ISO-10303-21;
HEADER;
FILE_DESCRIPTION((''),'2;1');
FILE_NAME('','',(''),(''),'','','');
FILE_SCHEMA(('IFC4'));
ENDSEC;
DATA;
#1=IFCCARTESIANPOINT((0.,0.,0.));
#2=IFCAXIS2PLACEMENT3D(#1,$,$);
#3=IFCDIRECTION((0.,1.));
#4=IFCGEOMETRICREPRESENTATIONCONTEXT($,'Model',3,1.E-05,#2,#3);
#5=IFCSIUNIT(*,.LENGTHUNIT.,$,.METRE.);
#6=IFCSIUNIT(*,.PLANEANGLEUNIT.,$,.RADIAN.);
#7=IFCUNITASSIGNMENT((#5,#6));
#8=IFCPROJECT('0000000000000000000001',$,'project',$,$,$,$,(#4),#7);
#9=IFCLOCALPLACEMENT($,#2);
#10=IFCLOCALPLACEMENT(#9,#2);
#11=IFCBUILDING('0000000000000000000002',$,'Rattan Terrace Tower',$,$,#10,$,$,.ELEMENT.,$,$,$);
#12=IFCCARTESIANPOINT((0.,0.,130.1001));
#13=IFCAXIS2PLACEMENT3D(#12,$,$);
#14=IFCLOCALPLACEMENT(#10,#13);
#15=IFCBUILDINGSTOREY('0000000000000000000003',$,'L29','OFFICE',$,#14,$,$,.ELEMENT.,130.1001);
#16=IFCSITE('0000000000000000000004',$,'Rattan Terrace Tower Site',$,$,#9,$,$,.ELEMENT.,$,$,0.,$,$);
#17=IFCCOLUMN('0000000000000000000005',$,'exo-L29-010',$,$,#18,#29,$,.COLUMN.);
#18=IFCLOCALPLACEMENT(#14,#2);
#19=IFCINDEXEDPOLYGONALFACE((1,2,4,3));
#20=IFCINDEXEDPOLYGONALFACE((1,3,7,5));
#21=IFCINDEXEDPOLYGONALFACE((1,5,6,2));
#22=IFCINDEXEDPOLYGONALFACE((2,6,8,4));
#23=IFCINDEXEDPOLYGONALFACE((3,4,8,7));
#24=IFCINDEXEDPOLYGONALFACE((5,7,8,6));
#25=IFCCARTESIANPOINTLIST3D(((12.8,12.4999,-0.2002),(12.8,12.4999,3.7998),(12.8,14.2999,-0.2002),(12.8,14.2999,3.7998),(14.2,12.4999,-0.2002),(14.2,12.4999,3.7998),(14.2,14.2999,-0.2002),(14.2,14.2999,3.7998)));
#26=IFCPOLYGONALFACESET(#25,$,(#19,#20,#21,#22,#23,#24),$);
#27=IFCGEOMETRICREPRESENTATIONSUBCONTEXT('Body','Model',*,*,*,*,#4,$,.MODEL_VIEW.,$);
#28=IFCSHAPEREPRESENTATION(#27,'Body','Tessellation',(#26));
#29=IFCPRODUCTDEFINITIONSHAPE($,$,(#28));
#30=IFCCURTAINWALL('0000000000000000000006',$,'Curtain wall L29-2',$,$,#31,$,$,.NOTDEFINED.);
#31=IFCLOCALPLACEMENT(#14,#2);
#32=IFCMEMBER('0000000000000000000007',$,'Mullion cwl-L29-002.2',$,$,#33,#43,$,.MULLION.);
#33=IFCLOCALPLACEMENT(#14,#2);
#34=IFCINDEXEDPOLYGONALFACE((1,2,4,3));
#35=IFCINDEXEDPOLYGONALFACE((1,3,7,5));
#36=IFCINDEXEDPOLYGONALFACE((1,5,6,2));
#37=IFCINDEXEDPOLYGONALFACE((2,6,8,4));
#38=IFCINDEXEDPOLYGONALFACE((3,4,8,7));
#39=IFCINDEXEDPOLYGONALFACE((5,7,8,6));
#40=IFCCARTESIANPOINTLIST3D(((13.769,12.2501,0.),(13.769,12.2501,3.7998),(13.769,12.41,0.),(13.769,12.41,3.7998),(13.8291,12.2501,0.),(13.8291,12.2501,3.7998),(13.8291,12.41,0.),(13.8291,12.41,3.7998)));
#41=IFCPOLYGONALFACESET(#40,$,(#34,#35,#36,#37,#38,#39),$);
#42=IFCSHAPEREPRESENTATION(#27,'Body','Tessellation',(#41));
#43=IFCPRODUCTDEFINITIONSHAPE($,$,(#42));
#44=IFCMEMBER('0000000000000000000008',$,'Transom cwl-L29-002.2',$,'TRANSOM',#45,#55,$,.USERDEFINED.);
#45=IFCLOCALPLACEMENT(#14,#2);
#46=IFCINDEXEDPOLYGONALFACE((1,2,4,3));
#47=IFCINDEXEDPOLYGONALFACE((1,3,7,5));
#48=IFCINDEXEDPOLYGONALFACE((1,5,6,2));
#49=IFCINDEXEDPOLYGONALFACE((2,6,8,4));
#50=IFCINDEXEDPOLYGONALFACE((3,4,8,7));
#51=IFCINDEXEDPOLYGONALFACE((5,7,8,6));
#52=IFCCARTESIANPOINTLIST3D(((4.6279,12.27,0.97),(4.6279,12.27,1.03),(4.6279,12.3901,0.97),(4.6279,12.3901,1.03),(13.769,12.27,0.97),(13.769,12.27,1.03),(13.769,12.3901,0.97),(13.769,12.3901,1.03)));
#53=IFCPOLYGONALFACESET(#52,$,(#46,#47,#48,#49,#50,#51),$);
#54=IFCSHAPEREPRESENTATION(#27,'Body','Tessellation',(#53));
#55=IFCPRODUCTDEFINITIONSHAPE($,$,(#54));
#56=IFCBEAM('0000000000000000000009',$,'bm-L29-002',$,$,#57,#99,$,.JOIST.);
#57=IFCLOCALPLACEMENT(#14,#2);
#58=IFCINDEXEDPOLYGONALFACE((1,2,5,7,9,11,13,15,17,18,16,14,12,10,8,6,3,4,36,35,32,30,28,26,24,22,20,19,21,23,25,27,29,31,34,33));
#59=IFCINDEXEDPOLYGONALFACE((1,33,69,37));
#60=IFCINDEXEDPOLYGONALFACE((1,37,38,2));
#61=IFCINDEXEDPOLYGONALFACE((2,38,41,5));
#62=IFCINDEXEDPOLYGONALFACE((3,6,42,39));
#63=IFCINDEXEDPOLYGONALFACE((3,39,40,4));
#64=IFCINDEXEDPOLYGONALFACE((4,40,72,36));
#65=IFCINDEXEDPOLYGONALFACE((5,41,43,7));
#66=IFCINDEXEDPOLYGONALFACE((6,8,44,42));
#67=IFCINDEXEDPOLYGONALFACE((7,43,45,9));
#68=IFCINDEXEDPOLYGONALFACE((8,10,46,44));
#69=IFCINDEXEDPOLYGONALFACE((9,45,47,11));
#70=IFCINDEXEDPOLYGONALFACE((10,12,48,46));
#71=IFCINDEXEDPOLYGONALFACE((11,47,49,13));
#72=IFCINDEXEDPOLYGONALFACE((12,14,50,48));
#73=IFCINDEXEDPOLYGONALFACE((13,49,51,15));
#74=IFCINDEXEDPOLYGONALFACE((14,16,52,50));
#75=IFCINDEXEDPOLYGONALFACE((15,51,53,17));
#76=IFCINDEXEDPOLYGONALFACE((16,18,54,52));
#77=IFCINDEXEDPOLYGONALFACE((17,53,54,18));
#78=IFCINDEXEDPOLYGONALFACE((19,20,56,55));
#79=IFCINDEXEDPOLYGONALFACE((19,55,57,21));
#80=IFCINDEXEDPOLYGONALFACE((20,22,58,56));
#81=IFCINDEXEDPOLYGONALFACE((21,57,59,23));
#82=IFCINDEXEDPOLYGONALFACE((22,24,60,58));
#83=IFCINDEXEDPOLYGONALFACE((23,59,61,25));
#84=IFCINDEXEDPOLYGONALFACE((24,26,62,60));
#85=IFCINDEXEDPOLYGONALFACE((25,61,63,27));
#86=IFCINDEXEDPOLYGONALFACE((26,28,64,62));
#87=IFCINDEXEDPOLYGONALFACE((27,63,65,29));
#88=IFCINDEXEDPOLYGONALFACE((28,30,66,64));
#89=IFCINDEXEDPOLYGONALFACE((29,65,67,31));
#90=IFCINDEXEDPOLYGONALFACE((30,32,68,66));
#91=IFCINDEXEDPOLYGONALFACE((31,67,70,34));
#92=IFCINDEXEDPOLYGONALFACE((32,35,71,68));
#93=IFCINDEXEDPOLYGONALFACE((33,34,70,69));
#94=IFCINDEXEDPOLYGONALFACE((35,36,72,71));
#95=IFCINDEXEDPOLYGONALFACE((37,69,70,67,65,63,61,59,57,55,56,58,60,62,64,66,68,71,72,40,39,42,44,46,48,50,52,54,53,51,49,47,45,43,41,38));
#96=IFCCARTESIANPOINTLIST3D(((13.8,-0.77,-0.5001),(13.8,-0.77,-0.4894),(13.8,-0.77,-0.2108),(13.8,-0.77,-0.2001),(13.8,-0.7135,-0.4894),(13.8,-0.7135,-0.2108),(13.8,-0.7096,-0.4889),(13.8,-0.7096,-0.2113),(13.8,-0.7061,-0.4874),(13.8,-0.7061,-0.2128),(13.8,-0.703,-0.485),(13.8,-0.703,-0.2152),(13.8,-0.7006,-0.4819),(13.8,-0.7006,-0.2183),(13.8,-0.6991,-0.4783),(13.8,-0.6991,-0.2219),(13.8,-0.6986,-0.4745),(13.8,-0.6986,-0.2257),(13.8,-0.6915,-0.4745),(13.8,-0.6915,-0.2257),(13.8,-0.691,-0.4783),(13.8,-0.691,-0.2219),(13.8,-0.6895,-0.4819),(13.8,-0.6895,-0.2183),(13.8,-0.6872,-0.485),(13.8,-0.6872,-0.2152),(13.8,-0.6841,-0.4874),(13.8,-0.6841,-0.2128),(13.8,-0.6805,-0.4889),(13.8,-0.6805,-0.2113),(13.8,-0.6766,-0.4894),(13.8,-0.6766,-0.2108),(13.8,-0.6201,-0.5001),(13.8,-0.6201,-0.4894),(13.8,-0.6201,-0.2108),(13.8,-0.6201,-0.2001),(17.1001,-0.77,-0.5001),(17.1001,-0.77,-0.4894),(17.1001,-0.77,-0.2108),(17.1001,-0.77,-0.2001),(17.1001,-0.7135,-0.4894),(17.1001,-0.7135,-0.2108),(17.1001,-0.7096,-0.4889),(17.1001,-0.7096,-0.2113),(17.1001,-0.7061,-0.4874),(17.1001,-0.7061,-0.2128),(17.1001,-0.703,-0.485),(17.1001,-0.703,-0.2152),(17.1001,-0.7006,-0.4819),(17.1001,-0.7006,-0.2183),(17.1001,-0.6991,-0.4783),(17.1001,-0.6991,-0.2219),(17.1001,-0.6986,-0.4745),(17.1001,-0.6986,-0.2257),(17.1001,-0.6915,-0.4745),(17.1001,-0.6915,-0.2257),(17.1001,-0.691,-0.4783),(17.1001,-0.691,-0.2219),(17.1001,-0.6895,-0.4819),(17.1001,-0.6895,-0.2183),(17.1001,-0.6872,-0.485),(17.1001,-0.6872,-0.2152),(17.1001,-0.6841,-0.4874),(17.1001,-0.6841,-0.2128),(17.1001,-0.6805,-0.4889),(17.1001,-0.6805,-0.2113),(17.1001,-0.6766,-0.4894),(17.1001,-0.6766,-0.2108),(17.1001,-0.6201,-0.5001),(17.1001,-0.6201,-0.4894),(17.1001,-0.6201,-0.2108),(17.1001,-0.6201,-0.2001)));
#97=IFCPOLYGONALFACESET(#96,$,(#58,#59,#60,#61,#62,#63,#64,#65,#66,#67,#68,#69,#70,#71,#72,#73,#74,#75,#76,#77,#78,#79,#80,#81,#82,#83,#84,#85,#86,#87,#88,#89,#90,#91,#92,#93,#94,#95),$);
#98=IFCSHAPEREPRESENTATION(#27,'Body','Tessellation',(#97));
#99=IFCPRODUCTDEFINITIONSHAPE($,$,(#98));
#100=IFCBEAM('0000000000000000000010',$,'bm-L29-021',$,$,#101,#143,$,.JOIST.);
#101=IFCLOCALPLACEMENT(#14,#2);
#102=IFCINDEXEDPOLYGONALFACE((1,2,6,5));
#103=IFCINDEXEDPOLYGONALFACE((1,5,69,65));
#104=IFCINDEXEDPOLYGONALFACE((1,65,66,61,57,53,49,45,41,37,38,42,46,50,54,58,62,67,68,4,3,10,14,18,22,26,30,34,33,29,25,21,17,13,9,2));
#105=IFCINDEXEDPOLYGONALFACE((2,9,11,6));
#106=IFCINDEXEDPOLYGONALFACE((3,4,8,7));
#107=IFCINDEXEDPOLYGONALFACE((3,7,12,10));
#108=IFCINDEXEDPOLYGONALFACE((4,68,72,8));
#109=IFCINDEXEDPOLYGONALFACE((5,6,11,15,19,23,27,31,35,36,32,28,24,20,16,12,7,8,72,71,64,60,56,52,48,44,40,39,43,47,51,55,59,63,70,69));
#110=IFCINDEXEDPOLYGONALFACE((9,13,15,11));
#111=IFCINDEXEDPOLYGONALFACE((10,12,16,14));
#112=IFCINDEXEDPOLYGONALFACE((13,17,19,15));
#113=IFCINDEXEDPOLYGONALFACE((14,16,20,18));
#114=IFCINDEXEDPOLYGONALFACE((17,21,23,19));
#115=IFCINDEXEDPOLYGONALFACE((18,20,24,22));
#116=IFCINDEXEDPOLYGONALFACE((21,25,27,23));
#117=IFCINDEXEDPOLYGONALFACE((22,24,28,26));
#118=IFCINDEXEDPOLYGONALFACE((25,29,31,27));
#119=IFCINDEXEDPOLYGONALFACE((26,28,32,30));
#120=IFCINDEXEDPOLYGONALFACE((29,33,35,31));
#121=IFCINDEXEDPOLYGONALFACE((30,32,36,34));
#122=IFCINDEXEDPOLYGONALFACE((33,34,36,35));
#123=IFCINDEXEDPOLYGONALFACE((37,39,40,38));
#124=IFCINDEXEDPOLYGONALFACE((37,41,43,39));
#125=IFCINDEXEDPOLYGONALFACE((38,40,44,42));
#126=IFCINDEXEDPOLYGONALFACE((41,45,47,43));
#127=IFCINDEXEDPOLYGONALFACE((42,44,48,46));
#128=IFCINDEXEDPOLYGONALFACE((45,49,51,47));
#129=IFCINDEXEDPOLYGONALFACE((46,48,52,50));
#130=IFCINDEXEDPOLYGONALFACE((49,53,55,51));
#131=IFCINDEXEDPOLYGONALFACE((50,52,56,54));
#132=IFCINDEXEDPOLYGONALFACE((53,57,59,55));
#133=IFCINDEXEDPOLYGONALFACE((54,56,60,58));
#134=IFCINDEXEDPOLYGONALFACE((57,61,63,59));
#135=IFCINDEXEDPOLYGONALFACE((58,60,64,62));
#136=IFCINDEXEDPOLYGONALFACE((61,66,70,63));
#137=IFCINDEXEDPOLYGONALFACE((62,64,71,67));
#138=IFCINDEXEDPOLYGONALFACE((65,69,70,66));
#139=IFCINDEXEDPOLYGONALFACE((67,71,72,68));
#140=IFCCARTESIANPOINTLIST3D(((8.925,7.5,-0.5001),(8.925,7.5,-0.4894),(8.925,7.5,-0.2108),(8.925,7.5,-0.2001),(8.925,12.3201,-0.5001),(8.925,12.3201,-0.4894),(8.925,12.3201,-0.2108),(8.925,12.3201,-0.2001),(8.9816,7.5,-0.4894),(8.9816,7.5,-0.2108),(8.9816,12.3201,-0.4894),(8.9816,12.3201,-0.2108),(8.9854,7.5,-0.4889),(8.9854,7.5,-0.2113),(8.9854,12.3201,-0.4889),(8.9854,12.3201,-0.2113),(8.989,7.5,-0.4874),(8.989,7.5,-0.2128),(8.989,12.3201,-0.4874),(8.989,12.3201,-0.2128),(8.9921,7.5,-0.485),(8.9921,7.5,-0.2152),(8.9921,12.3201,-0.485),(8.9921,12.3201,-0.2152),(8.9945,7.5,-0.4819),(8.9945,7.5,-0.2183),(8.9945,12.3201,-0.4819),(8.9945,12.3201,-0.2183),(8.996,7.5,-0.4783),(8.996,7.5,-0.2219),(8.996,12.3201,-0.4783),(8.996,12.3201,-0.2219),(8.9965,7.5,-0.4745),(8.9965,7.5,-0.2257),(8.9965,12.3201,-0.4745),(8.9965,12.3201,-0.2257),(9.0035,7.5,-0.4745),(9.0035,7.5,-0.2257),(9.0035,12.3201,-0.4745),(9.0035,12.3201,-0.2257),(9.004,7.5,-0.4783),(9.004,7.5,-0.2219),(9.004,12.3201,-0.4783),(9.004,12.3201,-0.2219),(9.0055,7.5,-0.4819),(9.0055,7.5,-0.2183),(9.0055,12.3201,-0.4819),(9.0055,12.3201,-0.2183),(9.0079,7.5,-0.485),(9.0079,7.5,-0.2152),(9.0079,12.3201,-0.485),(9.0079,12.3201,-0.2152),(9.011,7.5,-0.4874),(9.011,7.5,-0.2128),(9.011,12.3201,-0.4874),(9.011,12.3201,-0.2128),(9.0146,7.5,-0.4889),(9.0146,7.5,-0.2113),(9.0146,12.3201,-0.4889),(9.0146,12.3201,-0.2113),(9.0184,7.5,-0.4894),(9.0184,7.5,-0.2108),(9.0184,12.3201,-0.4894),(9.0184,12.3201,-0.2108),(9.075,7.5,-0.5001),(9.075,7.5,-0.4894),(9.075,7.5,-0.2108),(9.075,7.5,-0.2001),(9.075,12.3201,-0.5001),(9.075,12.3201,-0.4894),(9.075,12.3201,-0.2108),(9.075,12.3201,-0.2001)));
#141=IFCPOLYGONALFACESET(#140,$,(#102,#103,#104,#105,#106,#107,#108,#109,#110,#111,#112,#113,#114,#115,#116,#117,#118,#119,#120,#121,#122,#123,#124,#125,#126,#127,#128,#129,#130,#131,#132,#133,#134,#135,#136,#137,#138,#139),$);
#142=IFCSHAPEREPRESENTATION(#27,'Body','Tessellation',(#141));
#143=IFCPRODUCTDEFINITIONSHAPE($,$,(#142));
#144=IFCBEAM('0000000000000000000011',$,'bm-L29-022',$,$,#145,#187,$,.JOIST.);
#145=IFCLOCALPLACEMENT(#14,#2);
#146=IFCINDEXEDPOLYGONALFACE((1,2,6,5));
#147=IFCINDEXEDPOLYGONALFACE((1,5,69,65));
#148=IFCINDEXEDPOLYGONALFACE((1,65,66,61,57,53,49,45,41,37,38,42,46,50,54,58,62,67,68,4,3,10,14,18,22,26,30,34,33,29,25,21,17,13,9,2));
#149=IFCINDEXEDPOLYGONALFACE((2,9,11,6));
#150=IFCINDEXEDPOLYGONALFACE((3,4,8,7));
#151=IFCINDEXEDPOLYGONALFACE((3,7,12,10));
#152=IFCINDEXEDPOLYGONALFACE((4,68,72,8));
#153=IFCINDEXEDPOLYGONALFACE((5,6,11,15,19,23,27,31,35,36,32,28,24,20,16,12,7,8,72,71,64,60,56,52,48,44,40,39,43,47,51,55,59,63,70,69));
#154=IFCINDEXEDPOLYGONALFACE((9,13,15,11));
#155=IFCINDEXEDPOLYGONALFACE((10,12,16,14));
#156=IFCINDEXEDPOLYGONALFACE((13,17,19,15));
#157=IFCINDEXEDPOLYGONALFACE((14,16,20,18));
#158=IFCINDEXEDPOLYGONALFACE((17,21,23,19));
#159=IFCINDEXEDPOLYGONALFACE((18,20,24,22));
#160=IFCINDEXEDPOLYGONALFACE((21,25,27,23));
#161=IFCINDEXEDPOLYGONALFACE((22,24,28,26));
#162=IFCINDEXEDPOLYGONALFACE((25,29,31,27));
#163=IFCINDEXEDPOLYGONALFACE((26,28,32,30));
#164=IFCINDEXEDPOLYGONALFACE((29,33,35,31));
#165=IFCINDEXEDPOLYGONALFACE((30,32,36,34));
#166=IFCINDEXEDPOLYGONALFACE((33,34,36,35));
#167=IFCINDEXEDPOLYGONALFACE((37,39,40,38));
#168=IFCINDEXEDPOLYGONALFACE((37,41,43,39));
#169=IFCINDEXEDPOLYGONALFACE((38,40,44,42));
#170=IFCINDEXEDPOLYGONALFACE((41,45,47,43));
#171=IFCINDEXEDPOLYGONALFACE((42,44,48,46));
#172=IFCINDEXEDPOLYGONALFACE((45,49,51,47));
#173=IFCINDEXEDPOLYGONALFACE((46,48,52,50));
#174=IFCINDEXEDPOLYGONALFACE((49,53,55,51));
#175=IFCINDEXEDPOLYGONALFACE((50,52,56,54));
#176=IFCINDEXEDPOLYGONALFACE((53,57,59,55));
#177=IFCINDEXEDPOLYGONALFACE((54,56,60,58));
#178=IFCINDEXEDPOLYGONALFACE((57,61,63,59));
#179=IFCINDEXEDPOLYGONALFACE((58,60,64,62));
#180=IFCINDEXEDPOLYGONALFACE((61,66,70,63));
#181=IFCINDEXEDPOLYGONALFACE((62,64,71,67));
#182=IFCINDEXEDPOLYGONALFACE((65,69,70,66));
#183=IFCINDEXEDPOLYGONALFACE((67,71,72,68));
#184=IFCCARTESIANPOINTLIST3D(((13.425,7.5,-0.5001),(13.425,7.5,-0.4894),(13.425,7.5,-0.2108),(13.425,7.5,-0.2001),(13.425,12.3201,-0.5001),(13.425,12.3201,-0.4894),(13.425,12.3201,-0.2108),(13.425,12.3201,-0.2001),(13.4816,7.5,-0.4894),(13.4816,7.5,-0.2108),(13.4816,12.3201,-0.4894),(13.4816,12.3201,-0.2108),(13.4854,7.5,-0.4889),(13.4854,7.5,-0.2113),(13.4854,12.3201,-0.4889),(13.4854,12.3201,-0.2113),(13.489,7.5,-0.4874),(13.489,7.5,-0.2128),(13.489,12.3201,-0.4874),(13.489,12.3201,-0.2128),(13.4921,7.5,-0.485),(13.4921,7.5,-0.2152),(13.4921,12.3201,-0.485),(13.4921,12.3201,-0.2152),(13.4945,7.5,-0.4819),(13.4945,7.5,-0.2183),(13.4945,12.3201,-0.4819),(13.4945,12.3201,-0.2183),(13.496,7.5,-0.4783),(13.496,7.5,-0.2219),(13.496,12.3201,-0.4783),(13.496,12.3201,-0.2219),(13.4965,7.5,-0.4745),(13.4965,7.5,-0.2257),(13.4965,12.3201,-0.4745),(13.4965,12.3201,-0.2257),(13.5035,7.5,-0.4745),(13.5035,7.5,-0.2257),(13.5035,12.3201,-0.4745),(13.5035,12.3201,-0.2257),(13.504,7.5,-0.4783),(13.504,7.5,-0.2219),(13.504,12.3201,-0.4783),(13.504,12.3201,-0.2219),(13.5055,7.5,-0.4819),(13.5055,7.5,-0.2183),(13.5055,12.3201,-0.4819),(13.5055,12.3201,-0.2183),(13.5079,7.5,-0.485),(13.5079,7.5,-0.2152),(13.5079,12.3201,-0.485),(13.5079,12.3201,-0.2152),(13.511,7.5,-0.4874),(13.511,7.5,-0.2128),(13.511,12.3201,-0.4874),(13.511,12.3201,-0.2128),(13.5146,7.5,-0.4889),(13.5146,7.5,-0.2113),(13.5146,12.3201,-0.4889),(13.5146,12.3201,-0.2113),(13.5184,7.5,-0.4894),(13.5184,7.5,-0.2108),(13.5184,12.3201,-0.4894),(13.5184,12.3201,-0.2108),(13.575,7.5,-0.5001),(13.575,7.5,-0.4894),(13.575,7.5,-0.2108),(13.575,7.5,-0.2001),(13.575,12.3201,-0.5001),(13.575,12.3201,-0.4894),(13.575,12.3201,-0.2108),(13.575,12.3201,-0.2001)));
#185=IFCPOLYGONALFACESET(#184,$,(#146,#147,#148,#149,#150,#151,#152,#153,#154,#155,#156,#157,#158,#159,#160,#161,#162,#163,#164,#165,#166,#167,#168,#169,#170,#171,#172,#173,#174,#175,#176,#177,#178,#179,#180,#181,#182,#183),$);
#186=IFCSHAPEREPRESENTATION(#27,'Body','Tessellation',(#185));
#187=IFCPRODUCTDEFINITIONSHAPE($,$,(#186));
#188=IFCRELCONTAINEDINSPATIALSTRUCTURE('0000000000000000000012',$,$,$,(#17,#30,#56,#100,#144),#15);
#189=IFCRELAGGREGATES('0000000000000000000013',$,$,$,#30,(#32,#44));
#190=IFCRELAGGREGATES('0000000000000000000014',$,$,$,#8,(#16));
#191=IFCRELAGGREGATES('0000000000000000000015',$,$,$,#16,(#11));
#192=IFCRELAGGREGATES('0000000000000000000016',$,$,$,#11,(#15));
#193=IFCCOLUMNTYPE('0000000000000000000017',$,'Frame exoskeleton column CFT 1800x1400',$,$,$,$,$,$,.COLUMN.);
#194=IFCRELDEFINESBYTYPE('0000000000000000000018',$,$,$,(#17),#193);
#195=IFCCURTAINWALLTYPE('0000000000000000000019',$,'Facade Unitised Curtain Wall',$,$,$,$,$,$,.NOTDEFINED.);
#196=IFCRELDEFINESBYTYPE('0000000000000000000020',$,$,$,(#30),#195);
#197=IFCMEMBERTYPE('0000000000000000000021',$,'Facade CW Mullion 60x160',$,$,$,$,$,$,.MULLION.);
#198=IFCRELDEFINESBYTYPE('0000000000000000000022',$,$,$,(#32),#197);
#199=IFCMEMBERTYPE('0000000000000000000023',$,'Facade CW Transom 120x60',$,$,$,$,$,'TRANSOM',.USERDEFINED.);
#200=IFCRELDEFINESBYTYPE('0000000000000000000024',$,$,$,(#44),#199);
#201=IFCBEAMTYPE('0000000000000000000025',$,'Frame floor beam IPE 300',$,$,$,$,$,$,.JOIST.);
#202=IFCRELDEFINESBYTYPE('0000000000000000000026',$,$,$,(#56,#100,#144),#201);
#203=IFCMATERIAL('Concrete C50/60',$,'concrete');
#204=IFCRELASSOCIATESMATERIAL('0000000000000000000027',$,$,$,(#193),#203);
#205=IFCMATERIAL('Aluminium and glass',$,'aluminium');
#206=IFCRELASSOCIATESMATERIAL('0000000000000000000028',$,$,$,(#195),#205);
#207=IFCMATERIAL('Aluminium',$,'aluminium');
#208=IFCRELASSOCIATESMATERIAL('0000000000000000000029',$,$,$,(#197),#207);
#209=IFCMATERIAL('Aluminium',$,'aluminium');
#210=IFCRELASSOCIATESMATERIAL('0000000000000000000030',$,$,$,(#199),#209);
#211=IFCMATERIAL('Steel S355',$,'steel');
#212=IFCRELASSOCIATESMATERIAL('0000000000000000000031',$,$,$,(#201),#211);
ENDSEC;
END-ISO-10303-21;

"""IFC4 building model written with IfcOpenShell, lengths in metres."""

from ifc_helpers import new_model, si_unit, direction, frame, origin, origin_2d, place, context, subcontext, project, spatial, rectangle, i_section, extrude, material, material_profile, profile_set, type_object, element, aggregate, save


model = new_model("IFC4")

# Units and contexts
model_context = context("Model", 3, precision=1e-05, world=origin(), true_north=direction((0.0, 1.0)))
body_context = subcontext(model_context, "Body", "Model", "MODEL_VIEW")
ifc_project = project(units=[si_unit("LENGTHUNIT", "METRE"), si_unit("PLANEANGLEUNIT", "RADIAN")], contexts=[model_context])

# Site, building, storey
site_placement = place(None, origin())
site = spatial("IfcSite", under=ifc_project, at=site_placement, Name="Rattan Terrace Tower Site", CompositionType="ELEMENT", RefElevation=0.0)
building_placement = place(site_placement, origin())
building = spatial("IfcBuilding", under=site, at=building_placement, Name="Rattan Terrace Tower", CompositionType="ELEMENT")
storey_placement = place(building_placement, frame((0.0, 0.0, 130.1001)))
storey = spatial("IfcBuildingStorey", under=building, at=storey_placement, Name="L29", Description="OFFICE", CompositionType="ELEMENT", Elevation=130.1001)

# Column
ifc_material_1 = material(Name="Concrete C50/60", Category="concrete")
ifc_material_profile_1 = material_profile(ifc_material_1, rectangle(XDim=1.3999, YDim=1.8, at=origin_2d()), Name="CFT 1800x1400")
ifc_profile_set_1 = profile_set([ifc_material_profile_1], Name="Concrete C50/60")
column_type = type_object("IfcColumnType", Name="Frame exoskeleton column CFT 1800x1400", PredefinedType="COLUMN", material=ifc_profile_set_1)
column_placement = place(storey_placement, frame((13.5, 13.3999, -0.2002), z_axis=(0.0, 0.0, 1.0), x_axis=(1.0, 0.0, 0.0)))
element("IfcColumn", 1, at=column_placement, inside=storey, type_object=column_type, Name="exo-L29-010", PredefinedType="COLUMN", context=body_context, shape_type="SweptSolid", body=[
    extrude(rectangle(XDim=1.3999, YDim=1.8, at=origin_2d()), origin(), (0.0, 0.0, 1.0), 4.0),
])

# Curtain wall, members
ifc_material_2 = material(Name="Aluminium and glass", Category="aluminium")
curtain_wall_type = type_object("IfcCurtainWallType", Name="Facade Unitised Curtain Wall", PredefinedType="NOTDEFINED", material=ifc_material_2)
curtain_wall_placement = place(storey_placement, origin())
curtain_wall = element("IfcCurtainWall", 2, at=curtain_wall_placement, inside=storey, type_object=curtain_wall_type, Name="Curtain wall L29-2", PredefinedType="NOTDEFINED")
ifc_material_3 = material(Name="Aluminium", Category="aluminium")
ifc_material_profile_2 = material_profile(ifc_material_3, rectangle(XDim=0.0601, YDim=0.1599, at=origin_2d()), Name="Aluminium 60x160")
ifc_profile_set_2 = profile_set([ifc_material_profile_2], Name="Aluminium")
member_type_1 = type_object("IfcMemberType", Name="Facade CW Mullion 60x160", PredefinedType="MULLION", material=ifc_profile_set_2)
member_1_placement = place(storey_placement, frame((13.7991, 12.3301, 0.0), z_axis=(0.0, 0.0, 1.0), x_axis=(-1.0, 0.0, 0.0)))
member_1 = element("IfcMember", 3, at=member_1_placement, type_object=member_type_1, Name="Mullion cwl-L29-002.2", PredefinedType="MULLION", context=body_context, shape_type="SweptSolid", body=[
    extrude(rectangle(XDim=0.0601, YDim=0.1599, at=origin_2d()), origin(), (0.0, 0.0, 1.0), 3.7998),
])
ifc_material_4 = material(Name="Aluminium", Category="aluminium")
ifc_material_profile_3 = material_profile(ifc_material_4, rectangle(XDim=0.1201, YDim=0.0601, at=origin_2d()), Name="Aluminium 120x60")
ifc_profile_set_3 = profile_set([ifc_material_profile_3], Name="Aluminium")
member_type_2 = type_object("IfcMemberType", Name="Facade CW Transom 120x60", ElementType="TRANSOM", PredefinedType="USERDEFINED", material=ifc_profile_set_3)
member_2_placement = place(storey_placement, frame((13.769, 12.3301, 1.0), z_axis=(-1.0, 0.0, 0.0), x_axis=(0.0, -1.0, 0.0)))
member_2 = element("IfcMember", 4, at=member_2_placement, type_object=member_type_2, Name="Transom cwl-L29-002.2", ObjectType="TRANSOM", PredefinedType="USERDEFINED", context=body_context, shape_type="SweptSolid", body=[
    extrude(rectangle(XDim=0.1201, YDim=0.0601, at=origin_2d()), origin(), (0.0, 0.0, 1.0), 9.1411),
])

# Beams
ifc_material_5 = material(Name="Steel S355", Category="steel")
ifc_material_profile_4 = material_profile(ifc_material_5, i_section(OverallWidth=0.1499, OverallDepth=0.3, WebThickness=0.0071, FlangeThickness=0.0107, FilletRadius=0.0149, at=origin_2d()), Name="IPE 300")
ifc_profile_set_4 = profile_set([ifc_material_profile_4], Name="Steel S355")
beam_type = type_object("IfcBeamType", Name="Frame floor beam IPE 300", PredefinedType="JOIST", material=ifc_profile_set_4)
beam_placement = place(storey_placement, frame((13.8, -0.6951, -0.3501), z_axis=(1.0, 0.0, 0.0), x_axis=(0.0, 1.0, 0.0)))
element("IfcBeam", 5, at=beam_placement, inside=storey, type_object=beam_type, Name="bm-L29-002", PredefinedType="JOIST", context=body_context, shape_type="SweptSolid", body=[
    extrude(i_section(OverallWidth=0.1499, OverallDepth=0.3, WebThickness=0.0071, FlangeThickness=0.0107, FilletRadius=0.0149, at=origin_2d()), origin(), (0.0, 0.0, 1.0), 3.3),
])
for number, where, z_axis, x_axis, name in (
    (6, (9.0, 7.5, -0.3501), (0.0, 1.0, 0.0), (-1.0, 0.0, 0.0), "bm-L29-021"),
    (7, (13.5, 7.5, -0.3501), (0.0, 1.0, 0.0), (-1.0, 0.0, 0.0), "bm-L29-022"),
):
    element("IfcBeam", number, at=place(storey_placement, frame(where, z_axis=z_axis, x_axis=x_axis)), inside=storey, type_object=beam_type, Name=name, PredefinedType="JOIST", context=body_context, shape_type="SweptSolid", body=[
        extrude(i_section(OverallWidth=0.1499, OverallDepth=0.3, WebThickness=0.0071, FlangeThickness=0.0107, FilletRadius=0.0149, at=origin_2d()), origin(), (0.0, 0.0, 1.0), 4.8201),
    ])

aggregate(curtain_wall, [member_1, member_2])

save(model, "model.ifc")
